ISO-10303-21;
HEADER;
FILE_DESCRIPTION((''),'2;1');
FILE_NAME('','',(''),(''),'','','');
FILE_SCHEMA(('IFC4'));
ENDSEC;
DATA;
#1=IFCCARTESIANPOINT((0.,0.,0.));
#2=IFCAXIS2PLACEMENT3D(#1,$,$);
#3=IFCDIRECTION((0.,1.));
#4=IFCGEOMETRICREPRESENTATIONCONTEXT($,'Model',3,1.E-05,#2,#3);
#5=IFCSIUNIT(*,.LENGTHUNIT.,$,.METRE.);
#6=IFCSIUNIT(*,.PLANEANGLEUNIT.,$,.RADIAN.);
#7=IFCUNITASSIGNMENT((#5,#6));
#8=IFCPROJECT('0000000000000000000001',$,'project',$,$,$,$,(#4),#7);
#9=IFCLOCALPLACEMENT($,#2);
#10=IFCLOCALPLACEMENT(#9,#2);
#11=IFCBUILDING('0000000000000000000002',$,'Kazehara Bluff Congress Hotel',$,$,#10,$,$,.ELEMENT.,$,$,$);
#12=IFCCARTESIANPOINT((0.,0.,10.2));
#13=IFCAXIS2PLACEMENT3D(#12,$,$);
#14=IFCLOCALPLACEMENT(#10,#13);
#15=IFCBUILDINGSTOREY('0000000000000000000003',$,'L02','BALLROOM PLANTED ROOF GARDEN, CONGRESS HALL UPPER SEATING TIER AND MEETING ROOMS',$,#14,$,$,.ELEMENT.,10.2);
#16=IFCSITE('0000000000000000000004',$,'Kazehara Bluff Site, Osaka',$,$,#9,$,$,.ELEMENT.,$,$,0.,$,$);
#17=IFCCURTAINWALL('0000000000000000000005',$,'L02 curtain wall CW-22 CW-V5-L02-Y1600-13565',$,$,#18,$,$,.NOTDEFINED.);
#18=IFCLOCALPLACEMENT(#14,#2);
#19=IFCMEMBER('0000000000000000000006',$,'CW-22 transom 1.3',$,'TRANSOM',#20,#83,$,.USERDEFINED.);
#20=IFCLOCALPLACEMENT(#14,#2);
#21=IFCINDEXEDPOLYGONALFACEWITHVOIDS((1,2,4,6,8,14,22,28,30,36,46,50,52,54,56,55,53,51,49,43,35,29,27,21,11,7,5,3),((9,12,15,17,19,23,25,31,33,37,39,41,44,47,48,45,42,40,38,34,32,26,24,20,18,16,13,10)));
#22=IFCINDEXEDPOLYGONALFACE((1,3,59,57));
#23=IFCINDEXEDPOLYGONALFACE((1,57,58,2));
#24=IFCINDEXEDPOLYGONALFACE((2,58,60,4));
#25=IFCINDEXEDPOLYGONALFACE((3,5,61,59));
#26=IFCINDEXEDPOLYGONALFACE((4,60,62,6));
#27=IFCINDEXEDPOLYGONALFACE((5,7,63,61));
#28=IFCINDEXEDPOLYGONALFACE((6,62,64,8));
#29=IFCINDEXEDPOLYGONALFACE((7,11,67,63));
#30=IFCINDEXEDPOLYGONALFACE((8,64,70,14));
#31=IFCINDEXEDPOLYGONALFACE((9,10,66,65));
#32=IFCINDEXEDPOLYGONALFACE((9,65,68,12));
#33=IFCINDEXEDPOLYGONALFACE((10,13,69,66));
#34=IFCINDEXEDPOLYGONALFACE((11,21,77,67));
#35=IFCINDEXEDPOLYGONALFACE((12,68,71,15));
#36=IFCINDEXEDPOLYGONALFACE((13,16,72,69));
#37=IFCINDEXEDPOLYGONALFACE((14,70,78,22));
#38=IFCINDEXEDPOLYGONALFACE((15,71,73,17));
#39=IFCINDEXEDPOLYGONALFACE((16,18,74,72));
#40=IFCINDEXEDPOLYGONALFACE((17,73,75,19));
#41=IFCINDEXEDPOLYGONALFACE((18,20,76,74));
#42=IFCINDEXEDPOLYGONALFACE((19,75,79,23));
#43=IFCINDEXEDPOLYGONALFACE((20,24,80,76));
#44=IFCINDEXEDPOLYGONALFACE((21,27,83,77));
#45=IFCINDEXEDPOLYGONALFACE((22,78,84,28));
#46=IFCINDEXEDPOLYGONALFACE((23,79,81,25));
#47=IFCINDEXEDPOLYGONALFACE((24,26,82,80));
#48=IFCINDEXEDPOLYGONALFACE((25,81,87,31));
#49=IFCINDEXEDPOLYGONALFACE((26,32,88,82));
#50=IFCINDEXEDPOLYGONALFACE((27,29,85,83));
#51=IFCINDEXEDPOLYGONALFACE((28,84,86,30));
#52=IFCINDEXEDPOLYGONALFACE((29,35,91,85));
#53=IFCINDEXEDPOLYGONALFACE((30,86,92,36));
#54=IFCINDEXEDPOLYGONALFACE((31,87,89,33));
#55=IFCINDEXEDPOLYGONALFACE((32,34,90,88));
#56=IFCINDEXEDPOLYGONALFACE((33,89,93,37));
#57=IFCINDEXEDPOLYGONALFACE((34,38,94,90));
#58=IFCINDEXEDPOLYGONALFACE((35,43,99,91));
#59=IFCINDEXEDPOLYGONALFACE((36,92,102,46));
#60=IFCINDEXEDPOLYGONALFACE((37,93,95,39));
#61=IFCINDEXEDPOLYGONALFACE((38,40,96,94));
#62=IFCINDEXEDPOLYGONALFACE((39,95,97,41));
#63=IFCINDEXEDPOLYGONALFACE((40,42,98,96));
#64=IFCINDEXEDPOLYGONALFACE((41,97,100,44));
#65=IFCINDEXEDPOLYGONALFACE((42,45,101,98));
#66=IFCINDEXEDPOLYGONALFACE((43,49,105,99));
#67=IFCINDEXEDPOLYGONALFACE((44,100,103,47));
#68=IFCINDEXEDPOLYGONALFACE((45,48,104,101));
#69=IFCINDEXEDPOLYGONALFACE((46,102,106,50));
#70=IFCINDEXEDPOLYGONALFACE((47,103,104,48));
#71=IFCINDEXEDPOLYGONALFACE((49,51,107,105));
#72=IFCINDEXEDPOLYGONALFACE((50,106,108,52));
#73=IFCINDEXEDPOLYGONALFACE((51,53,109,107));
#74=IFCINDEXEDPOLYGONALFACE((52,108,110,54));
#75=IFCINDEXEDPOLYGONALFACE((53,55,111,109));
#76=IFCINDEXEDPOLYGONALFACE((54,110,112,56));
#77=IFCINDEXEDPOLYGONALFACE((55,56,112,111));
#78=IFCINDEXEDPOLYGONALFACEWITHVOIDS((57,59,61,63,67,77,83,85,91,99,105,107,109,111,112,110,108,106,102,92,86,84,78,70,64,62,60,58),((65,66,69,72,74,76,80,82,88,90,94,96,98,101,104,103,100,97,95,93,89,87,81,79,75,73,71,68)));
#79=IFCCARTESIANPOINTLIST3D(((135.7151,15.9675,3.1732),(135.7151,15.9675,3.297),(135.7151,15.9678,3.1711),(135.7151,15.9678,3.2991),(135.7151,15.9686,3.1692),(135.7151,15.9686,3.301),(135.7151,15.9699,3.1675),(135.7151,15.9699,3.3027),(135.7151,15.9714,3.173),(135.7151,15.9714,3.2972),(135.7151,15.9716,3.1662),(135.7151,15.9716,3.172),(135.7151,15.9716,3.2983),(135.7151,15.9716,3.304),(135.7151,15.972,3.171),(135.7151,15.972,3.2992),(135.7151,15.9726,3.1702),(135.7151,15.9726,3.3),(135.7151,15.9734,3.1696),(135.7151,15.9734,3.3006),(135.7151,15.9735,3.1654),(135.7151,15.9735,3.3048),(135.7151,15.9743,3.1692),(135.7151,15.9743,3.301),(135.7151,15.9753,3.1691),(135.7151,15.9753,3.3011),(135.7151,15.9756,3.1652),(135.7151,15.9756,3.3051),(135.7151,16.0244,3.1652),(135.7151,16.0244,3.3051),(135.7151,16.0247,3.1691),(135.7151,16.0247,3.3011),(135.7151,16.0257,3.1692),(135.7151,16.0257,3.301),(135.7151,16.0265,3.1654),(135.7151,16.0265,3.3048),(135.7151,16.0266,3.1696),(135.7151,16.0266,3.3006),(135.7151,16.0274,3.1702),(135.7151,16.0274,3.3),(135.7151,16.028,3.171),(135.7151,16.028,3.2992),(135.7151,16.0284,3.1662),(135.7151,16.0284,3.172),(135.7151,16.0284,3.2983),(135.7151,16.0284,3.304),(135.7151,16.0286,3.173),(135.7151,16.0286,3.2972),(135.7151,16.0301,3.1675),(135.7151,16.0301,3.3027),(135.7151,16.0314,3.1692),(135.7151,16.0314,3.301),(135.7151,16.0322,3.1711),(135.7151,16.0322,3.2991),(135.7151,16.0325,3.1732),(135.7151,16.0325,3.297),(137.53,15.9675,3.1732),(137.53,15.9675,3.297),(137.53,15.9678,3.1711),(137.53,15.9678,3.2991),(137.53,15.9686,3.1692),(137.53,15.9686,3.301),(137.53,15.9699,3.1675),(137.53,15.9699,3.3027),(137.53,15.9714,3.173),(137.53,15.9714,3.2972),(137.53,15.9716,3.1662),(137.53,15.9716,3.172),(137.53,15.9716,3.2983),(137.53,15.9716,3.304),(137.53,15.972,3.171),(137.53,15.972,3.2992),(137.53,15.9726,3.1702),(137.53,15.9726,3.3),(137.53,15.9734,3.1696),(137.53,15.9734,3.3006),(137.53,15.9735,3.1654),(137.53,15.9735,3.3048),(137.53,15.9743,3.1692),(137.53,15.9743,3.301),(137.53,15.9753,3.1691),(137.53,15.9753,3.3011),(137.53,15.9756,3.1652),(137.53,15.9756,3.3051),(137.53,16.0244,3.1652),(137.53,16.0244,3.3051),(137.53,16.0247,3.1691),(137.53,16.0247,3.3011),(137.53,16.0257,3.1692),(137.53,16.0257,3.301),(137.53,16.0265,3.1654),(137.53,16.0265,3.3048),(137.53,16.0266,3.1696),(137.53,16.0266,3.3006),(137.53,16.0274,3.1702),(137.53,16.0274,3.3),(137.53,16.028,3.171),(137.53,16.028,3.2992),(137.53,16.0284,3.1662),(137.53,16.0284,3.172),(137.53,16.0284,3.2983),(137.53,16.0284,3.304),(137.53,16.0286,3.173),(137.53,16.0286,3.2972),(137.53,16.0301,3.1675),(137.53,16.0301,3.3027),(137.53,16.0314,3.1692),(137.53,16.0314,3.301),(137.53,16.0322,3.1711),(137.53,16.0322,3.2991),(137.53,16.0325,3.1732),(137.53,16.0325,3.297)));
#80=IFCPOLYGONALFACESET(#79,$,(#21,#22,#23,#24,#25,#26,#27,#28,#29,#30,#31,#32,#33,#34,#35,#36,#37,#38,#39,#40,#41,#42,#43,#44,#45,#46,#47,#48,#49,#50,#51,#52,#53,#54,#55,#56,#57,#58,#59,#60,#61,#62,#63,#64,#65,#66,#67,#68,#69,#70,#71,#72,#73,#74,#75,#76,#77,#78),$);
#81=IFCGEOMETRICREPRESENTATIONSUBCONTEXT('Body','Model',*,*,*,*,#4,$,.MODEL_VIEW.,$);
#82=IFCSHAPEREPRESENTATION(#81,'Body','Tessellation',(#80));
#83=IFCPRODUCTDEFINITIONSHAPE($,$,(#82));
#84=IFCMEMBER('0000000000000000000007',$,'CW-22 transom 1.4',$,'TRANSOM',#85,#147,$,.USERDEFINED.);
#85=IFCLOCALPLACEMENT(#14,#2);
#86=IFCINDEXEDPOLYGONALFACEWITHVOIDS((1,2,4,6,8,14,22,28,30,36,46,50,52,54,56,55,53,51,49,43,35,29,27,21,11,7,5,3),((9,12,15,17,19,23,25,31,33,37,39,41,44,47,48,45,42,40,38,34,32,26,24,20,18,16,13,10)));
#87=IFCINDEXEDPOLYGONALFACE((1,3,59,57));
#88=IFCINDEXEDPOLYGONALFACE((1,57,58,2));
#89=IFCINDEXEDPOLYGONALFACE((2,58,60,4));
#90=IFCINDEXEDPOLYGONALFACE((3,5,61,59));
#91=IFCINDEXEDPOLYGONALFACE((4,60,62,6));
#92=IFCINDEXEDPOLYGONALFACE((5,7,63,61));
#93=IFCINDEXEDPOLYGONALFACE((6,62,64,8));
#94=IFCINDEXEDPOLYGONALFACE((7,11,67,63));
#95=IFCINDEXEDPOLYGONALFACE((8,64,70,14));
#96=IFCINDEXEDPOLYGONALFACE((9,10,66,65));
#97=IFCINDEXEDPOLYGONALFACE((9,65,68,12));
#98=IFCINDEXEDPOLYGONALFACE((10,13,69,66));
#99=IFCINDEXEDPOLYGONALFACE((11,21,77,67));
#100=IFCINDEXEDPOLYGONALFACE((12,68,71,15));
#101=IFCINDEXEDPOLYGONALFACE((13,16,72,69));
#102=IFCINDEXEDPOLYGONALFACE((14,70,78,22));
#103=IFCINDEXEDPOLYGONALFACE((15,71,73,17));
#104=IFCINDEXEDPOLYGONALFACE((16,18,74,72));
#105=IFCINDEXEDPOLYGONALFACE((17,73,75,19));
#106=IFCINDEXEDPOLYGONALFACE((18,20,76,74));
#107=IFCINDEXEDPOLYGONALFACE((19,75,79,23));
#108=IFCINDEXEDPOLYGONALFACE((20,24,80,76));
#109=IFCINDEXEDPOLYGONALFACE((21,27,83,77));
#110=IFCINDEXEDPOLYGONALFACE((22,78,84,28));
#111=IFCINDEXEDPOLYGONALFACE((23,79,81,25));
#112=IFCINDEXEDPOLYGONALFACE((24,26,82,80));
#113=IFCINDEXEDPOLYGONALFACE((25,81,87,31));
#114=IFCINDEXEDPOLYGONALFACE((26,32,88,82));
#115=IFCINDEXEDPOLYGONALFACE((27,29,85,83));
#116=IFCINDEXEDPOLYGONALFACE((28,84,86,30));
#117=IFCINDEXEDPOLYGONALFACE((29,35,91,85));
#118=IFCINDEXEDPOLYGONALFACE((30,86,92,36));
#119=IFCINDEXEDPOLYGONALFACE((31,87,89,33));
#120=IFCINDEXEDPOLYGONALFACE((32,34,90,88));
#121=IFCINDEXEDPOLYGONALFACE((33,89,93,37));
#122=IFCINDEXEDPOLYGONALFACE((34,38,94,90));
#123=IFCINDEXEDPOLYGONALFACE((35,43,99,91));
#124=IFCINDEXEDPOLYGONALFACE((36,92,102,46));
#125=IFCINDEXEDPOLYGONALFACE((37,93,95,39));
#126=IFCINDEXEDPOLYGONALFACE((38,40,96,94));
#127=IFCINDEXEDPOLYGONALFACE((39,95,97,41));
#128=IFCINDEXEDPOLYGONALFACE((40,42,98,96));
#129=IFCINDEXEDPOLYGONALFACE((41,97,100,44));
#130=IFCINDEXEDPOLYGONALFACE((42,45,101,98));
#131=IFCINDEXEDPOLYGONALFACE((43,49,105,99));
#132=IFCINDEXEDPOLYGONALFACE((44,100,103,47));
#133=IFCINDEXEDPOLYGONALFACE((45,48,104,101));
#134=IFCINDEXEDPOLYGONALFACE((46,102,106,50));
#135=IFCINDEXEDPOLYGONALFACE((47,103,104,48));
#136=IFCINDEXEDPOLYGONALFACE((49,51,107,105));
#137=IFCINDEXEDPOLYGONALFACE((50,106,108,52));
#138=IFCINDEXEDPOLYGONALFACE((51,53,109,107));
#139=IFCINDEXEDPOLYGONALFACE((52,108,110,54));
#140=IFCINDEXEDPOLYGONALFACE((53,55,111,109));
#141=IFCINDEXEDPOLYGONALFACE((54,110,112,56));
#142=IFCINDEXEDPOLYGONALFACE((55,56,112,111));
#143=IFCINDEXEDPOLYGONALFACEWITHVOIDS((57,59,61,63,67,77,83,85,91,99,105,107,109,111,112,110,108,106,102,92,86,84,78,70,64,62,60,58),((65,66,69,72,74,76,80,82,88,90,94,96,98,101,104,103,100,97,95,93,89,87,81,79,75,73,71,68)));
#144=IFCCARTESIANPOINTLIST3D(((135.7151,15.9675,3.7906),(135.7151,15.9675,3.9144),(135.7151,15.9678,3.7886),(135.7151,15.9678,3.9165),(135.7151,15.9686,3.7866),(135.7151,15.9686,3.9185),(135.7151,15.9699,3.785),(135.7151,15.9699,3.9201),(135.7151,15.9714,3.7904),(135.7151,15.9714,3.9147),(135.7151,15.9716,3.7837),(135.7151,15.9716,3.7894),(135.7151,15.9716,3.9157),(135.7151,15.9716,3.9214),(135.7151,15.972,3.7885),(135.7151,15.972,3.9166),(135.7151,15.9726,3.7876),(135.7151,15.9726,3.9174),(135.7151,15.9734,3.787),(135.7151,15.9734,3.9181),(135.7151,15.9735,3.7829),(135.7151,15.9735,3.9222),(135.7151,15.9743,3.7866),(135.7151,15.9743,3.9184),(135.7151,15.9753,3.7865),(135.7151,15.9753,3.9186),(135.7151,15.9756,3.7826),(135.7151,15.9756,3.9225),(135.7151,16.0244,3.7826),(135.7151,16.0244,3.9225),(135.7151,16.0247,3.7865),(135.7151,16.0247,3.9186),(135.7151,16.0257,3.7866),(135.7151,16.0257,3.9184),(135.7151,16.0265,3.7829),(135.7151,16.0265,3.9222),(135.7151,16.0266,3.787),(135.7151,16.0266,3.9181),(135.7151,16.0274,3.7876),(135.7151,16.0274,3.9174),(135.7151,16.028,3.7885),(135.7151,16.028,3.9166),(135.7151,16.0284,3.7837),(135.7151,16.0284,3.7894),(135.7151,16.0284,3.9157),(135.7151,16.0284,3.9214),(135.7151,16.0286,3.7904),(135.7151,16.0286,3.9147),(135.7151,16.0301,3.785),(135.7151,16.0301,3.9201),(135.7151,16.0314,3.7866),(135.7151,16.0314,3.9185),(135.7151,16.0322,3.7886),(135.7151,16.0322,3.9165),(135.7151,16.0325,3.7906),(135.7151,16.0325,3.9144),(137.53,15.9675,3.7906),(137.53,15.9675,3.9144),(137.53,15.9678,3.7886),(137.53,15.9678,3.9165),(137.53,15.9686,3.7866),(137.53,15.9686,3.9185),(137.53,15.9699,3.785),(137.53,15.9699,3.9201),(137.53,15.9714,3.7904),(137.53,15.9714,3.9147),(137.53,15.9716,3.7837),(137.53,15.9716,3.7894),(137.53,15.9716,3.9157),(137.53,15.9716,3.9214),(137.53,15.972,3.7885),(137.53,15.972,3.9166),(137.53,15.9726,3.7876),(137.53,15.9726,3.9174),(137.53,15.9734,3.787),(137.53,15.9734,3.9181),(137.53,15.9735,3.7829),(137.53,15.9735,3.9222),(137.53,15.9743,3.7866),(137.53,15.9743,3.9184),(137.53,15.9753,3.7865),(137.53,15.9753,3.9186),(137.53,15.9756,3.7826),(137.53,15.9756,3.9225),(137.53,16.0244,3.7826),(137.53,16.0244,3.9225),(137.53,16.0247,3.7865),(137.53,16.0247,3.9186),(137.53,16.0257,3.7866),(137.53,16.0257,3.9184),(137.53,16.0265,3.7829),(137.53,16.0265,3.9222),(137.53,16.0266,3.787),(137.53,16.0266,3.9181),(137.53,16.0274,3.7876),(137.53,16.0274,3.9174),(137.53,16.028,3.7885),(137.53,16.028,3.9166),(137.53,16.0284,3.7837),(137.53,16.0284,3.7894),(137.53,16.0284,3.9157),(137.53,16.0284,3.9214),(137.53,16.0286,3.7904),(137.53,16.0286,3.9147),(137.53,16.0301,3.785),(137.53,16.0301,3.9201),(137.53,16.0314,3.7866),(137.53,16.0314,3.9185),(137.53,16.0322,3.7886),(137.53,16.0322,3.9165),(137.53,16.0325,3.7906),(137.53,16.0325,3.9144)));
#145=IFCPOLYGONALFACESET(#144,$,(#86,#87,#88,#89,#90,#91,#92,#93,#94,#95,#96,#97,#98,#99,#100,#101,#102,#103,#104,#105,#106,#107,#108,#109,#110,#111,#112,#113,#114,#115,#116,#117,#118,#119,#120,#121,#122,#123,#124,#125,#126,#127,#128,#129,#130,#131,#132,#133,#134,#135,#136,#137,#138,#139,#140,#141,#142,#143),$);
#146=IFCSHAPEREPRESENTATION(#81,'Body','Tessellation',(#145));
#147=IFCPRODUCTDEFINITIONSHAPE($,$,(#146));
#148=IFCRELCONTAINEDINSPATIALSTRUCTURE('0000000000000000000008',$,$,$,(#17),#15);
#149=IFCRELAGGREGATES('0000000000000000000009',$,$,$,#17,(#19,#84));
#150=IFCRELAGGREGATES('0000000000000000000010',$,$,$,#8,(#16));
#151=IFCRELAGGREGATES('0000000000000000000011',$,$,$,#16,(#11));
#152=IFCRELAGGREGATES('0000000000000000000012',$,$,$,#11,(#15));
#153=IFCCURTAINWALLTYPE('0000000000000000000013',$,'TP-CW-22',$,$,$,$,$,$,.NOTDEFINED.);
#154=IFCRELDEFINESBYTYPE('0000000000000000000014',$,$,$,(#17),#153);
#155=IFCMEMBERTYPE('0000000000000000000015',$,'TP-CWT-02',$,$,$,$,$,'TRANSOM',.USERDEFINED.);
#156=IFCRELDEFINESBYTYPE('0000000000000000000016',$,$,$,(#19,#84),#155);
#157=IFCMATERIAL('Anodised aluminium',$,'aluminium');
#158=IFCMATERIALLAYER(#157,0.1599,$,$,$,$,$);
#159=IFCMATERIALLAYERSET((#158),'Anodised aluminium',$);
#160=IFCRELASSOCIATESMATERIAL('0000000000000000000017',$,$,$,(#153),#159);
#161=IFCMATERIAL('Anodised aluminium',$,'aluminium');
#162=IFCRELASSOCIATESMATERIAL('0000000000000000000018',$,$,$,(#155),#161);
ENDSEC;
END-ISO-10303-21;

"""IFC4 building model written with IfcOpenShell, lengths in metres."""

from ifc_helpers import new_model, si_unit, direction, frame, origin, origin_2d, place, context, subcontext, project, spatial, hollow_rectangle, extrude, material, layer, layer_set, material_profile, profile_set, type_object, element, aggregate, save


model = new_model("IFC4")

# Units and contexts
model_context = context("Model", 3, precision=1e-05, world=origin(), true_north=direction((0.0, 1.0)))
body_context = subcontext(model_context, "Body", "Model", "MODEL_VIEW")
ifc_project = project(units=[si_unit("LENGTHUNIT", "METRE"), si_unit("PLANEANGLEUNIT", "RADIAN")], contexts=[model_context])

# Site, building, storey
site_placement = place(None, origin())
site = spatial("IfcSite", under=ifc_project, at=site_placement, Name="Kazehara Bluff Site, Osaka", CompositionType="ELEMENT", RefElevation=0.0)
building_placement = place(site_placement, origin())
building = spatial("IfcBuilding", under=site, at=building_placement, Name="Kazehara Bluff Congress Hotel", CompositionType="ELEMENT")
storey_placement = place(building_placement, frame((0.0, 0.0, 10.2)))
storey = spatial("IfcBuildingStorey", under=building, at=storey_placement, Name="L02", Description="BALLROOM PLANTED ROOF GARDEN, CONGRESS HALL UPPER SEATING TIER AND MEETING ROOMS", CompositionType="ELEMENT", Elevation=10.2)

# Curtain wall, members
ifc_material_1 = material(Name="Anodised aluminium", Category="aluminium")
ifc_layer_1 = layer(ifc_material_1, 0.1599)
ifc_layer_set_1 = layer_set([ifc_layer_1], Name="Anodised aluminium")
curtain_wall_type = type_object("IfcCurtainWallType", Name="TP-CW-22", PredefinedType="NOTDEFINED", material=ifc_layer_set_1)
curtain_wall_placement = place(storey_placement, origin())
curtain_wall = element("IfcCurtainWall", 1, at=curtain_wall_placement, inside=storey, type_object=curtain_wall_type, Name="L02 curtain wall CW-22 CW-V5-L02-Y1600-13565", PredefinedType="NOTDEFINED")
ifc_material_2 = material(Name="Anodised aluminium", Category="aluminium")
ifc_material_profile_1 = material_profile(ifc_material_2, hollow_rectangle(XDim=0.0649, YDim=0.1399, WallThickness=0.0039, InnerFilletRadius=0.0039, OuterFilletRadius=0.0081, at=origin_2d()))
ifc_profile_set_1 = profile_set([ifc_material_profile_1], Name="Anodised aluminium")
member_type_1 = type_object("IfcMemberType", Name="TP-CWT-02", ElementType="TRANSOM", PredefinedType="USERDEFINED", material=ifc_profile_set_1)
member_1_placement = place(storey_placement, frame((135.7151, 16.0, 3.2351), z_axis=(1.0, 0.0, 0.0), x_axis=(0.0, 1.0, 0.0)))
member_1 = element("IfcMember", 2, at=member_1_placement, type_object=member_type_1, Name="CW-22 transom 1.3", ObjectType="TRANSOM", PredefinedType="USERDEFINED", context=body_context, shape_type="SweptSolid", body=[
    extrude(hollow_rectangle(XDim=0.0649, YDim=0.1399, WallThickness=0.0039, InnerFilletRadius=0.0039, OuterFilletRadius=0.0081, at=origin_2d()), origin(), (0.0, 0.0, 1.0), 1.8149),
])
member_2_placement = place(storey_placement, frame((135.7151, 16.0, 3.8525), z_axis=(1.0, 0.0, 0.0), x_axis=(0.0, 1.0, 0.0)))
member_2 = element("IfcMember", 3, at=member_2_placement, type_object=member_type_1, Name="CW-22 transom 1.4", ObjectType="TRANSOM", PredefinedType="USERDEFINED", context=body_context, shape_type="SweptSolid", body=[
    extrude(hollow_rectangle(XDim=0.0649, YDim=0.1399, WallThickness=0.0039, InnerFilletRadius=0.0039, OuterFilletRadius=0.0081, at=origin_2d()), origin(), (0.0, 0.0, 1.0), 1.8149),
])
aggregate(curtain_wall, [member_1, member_2])

save(model, "model.ifc")
